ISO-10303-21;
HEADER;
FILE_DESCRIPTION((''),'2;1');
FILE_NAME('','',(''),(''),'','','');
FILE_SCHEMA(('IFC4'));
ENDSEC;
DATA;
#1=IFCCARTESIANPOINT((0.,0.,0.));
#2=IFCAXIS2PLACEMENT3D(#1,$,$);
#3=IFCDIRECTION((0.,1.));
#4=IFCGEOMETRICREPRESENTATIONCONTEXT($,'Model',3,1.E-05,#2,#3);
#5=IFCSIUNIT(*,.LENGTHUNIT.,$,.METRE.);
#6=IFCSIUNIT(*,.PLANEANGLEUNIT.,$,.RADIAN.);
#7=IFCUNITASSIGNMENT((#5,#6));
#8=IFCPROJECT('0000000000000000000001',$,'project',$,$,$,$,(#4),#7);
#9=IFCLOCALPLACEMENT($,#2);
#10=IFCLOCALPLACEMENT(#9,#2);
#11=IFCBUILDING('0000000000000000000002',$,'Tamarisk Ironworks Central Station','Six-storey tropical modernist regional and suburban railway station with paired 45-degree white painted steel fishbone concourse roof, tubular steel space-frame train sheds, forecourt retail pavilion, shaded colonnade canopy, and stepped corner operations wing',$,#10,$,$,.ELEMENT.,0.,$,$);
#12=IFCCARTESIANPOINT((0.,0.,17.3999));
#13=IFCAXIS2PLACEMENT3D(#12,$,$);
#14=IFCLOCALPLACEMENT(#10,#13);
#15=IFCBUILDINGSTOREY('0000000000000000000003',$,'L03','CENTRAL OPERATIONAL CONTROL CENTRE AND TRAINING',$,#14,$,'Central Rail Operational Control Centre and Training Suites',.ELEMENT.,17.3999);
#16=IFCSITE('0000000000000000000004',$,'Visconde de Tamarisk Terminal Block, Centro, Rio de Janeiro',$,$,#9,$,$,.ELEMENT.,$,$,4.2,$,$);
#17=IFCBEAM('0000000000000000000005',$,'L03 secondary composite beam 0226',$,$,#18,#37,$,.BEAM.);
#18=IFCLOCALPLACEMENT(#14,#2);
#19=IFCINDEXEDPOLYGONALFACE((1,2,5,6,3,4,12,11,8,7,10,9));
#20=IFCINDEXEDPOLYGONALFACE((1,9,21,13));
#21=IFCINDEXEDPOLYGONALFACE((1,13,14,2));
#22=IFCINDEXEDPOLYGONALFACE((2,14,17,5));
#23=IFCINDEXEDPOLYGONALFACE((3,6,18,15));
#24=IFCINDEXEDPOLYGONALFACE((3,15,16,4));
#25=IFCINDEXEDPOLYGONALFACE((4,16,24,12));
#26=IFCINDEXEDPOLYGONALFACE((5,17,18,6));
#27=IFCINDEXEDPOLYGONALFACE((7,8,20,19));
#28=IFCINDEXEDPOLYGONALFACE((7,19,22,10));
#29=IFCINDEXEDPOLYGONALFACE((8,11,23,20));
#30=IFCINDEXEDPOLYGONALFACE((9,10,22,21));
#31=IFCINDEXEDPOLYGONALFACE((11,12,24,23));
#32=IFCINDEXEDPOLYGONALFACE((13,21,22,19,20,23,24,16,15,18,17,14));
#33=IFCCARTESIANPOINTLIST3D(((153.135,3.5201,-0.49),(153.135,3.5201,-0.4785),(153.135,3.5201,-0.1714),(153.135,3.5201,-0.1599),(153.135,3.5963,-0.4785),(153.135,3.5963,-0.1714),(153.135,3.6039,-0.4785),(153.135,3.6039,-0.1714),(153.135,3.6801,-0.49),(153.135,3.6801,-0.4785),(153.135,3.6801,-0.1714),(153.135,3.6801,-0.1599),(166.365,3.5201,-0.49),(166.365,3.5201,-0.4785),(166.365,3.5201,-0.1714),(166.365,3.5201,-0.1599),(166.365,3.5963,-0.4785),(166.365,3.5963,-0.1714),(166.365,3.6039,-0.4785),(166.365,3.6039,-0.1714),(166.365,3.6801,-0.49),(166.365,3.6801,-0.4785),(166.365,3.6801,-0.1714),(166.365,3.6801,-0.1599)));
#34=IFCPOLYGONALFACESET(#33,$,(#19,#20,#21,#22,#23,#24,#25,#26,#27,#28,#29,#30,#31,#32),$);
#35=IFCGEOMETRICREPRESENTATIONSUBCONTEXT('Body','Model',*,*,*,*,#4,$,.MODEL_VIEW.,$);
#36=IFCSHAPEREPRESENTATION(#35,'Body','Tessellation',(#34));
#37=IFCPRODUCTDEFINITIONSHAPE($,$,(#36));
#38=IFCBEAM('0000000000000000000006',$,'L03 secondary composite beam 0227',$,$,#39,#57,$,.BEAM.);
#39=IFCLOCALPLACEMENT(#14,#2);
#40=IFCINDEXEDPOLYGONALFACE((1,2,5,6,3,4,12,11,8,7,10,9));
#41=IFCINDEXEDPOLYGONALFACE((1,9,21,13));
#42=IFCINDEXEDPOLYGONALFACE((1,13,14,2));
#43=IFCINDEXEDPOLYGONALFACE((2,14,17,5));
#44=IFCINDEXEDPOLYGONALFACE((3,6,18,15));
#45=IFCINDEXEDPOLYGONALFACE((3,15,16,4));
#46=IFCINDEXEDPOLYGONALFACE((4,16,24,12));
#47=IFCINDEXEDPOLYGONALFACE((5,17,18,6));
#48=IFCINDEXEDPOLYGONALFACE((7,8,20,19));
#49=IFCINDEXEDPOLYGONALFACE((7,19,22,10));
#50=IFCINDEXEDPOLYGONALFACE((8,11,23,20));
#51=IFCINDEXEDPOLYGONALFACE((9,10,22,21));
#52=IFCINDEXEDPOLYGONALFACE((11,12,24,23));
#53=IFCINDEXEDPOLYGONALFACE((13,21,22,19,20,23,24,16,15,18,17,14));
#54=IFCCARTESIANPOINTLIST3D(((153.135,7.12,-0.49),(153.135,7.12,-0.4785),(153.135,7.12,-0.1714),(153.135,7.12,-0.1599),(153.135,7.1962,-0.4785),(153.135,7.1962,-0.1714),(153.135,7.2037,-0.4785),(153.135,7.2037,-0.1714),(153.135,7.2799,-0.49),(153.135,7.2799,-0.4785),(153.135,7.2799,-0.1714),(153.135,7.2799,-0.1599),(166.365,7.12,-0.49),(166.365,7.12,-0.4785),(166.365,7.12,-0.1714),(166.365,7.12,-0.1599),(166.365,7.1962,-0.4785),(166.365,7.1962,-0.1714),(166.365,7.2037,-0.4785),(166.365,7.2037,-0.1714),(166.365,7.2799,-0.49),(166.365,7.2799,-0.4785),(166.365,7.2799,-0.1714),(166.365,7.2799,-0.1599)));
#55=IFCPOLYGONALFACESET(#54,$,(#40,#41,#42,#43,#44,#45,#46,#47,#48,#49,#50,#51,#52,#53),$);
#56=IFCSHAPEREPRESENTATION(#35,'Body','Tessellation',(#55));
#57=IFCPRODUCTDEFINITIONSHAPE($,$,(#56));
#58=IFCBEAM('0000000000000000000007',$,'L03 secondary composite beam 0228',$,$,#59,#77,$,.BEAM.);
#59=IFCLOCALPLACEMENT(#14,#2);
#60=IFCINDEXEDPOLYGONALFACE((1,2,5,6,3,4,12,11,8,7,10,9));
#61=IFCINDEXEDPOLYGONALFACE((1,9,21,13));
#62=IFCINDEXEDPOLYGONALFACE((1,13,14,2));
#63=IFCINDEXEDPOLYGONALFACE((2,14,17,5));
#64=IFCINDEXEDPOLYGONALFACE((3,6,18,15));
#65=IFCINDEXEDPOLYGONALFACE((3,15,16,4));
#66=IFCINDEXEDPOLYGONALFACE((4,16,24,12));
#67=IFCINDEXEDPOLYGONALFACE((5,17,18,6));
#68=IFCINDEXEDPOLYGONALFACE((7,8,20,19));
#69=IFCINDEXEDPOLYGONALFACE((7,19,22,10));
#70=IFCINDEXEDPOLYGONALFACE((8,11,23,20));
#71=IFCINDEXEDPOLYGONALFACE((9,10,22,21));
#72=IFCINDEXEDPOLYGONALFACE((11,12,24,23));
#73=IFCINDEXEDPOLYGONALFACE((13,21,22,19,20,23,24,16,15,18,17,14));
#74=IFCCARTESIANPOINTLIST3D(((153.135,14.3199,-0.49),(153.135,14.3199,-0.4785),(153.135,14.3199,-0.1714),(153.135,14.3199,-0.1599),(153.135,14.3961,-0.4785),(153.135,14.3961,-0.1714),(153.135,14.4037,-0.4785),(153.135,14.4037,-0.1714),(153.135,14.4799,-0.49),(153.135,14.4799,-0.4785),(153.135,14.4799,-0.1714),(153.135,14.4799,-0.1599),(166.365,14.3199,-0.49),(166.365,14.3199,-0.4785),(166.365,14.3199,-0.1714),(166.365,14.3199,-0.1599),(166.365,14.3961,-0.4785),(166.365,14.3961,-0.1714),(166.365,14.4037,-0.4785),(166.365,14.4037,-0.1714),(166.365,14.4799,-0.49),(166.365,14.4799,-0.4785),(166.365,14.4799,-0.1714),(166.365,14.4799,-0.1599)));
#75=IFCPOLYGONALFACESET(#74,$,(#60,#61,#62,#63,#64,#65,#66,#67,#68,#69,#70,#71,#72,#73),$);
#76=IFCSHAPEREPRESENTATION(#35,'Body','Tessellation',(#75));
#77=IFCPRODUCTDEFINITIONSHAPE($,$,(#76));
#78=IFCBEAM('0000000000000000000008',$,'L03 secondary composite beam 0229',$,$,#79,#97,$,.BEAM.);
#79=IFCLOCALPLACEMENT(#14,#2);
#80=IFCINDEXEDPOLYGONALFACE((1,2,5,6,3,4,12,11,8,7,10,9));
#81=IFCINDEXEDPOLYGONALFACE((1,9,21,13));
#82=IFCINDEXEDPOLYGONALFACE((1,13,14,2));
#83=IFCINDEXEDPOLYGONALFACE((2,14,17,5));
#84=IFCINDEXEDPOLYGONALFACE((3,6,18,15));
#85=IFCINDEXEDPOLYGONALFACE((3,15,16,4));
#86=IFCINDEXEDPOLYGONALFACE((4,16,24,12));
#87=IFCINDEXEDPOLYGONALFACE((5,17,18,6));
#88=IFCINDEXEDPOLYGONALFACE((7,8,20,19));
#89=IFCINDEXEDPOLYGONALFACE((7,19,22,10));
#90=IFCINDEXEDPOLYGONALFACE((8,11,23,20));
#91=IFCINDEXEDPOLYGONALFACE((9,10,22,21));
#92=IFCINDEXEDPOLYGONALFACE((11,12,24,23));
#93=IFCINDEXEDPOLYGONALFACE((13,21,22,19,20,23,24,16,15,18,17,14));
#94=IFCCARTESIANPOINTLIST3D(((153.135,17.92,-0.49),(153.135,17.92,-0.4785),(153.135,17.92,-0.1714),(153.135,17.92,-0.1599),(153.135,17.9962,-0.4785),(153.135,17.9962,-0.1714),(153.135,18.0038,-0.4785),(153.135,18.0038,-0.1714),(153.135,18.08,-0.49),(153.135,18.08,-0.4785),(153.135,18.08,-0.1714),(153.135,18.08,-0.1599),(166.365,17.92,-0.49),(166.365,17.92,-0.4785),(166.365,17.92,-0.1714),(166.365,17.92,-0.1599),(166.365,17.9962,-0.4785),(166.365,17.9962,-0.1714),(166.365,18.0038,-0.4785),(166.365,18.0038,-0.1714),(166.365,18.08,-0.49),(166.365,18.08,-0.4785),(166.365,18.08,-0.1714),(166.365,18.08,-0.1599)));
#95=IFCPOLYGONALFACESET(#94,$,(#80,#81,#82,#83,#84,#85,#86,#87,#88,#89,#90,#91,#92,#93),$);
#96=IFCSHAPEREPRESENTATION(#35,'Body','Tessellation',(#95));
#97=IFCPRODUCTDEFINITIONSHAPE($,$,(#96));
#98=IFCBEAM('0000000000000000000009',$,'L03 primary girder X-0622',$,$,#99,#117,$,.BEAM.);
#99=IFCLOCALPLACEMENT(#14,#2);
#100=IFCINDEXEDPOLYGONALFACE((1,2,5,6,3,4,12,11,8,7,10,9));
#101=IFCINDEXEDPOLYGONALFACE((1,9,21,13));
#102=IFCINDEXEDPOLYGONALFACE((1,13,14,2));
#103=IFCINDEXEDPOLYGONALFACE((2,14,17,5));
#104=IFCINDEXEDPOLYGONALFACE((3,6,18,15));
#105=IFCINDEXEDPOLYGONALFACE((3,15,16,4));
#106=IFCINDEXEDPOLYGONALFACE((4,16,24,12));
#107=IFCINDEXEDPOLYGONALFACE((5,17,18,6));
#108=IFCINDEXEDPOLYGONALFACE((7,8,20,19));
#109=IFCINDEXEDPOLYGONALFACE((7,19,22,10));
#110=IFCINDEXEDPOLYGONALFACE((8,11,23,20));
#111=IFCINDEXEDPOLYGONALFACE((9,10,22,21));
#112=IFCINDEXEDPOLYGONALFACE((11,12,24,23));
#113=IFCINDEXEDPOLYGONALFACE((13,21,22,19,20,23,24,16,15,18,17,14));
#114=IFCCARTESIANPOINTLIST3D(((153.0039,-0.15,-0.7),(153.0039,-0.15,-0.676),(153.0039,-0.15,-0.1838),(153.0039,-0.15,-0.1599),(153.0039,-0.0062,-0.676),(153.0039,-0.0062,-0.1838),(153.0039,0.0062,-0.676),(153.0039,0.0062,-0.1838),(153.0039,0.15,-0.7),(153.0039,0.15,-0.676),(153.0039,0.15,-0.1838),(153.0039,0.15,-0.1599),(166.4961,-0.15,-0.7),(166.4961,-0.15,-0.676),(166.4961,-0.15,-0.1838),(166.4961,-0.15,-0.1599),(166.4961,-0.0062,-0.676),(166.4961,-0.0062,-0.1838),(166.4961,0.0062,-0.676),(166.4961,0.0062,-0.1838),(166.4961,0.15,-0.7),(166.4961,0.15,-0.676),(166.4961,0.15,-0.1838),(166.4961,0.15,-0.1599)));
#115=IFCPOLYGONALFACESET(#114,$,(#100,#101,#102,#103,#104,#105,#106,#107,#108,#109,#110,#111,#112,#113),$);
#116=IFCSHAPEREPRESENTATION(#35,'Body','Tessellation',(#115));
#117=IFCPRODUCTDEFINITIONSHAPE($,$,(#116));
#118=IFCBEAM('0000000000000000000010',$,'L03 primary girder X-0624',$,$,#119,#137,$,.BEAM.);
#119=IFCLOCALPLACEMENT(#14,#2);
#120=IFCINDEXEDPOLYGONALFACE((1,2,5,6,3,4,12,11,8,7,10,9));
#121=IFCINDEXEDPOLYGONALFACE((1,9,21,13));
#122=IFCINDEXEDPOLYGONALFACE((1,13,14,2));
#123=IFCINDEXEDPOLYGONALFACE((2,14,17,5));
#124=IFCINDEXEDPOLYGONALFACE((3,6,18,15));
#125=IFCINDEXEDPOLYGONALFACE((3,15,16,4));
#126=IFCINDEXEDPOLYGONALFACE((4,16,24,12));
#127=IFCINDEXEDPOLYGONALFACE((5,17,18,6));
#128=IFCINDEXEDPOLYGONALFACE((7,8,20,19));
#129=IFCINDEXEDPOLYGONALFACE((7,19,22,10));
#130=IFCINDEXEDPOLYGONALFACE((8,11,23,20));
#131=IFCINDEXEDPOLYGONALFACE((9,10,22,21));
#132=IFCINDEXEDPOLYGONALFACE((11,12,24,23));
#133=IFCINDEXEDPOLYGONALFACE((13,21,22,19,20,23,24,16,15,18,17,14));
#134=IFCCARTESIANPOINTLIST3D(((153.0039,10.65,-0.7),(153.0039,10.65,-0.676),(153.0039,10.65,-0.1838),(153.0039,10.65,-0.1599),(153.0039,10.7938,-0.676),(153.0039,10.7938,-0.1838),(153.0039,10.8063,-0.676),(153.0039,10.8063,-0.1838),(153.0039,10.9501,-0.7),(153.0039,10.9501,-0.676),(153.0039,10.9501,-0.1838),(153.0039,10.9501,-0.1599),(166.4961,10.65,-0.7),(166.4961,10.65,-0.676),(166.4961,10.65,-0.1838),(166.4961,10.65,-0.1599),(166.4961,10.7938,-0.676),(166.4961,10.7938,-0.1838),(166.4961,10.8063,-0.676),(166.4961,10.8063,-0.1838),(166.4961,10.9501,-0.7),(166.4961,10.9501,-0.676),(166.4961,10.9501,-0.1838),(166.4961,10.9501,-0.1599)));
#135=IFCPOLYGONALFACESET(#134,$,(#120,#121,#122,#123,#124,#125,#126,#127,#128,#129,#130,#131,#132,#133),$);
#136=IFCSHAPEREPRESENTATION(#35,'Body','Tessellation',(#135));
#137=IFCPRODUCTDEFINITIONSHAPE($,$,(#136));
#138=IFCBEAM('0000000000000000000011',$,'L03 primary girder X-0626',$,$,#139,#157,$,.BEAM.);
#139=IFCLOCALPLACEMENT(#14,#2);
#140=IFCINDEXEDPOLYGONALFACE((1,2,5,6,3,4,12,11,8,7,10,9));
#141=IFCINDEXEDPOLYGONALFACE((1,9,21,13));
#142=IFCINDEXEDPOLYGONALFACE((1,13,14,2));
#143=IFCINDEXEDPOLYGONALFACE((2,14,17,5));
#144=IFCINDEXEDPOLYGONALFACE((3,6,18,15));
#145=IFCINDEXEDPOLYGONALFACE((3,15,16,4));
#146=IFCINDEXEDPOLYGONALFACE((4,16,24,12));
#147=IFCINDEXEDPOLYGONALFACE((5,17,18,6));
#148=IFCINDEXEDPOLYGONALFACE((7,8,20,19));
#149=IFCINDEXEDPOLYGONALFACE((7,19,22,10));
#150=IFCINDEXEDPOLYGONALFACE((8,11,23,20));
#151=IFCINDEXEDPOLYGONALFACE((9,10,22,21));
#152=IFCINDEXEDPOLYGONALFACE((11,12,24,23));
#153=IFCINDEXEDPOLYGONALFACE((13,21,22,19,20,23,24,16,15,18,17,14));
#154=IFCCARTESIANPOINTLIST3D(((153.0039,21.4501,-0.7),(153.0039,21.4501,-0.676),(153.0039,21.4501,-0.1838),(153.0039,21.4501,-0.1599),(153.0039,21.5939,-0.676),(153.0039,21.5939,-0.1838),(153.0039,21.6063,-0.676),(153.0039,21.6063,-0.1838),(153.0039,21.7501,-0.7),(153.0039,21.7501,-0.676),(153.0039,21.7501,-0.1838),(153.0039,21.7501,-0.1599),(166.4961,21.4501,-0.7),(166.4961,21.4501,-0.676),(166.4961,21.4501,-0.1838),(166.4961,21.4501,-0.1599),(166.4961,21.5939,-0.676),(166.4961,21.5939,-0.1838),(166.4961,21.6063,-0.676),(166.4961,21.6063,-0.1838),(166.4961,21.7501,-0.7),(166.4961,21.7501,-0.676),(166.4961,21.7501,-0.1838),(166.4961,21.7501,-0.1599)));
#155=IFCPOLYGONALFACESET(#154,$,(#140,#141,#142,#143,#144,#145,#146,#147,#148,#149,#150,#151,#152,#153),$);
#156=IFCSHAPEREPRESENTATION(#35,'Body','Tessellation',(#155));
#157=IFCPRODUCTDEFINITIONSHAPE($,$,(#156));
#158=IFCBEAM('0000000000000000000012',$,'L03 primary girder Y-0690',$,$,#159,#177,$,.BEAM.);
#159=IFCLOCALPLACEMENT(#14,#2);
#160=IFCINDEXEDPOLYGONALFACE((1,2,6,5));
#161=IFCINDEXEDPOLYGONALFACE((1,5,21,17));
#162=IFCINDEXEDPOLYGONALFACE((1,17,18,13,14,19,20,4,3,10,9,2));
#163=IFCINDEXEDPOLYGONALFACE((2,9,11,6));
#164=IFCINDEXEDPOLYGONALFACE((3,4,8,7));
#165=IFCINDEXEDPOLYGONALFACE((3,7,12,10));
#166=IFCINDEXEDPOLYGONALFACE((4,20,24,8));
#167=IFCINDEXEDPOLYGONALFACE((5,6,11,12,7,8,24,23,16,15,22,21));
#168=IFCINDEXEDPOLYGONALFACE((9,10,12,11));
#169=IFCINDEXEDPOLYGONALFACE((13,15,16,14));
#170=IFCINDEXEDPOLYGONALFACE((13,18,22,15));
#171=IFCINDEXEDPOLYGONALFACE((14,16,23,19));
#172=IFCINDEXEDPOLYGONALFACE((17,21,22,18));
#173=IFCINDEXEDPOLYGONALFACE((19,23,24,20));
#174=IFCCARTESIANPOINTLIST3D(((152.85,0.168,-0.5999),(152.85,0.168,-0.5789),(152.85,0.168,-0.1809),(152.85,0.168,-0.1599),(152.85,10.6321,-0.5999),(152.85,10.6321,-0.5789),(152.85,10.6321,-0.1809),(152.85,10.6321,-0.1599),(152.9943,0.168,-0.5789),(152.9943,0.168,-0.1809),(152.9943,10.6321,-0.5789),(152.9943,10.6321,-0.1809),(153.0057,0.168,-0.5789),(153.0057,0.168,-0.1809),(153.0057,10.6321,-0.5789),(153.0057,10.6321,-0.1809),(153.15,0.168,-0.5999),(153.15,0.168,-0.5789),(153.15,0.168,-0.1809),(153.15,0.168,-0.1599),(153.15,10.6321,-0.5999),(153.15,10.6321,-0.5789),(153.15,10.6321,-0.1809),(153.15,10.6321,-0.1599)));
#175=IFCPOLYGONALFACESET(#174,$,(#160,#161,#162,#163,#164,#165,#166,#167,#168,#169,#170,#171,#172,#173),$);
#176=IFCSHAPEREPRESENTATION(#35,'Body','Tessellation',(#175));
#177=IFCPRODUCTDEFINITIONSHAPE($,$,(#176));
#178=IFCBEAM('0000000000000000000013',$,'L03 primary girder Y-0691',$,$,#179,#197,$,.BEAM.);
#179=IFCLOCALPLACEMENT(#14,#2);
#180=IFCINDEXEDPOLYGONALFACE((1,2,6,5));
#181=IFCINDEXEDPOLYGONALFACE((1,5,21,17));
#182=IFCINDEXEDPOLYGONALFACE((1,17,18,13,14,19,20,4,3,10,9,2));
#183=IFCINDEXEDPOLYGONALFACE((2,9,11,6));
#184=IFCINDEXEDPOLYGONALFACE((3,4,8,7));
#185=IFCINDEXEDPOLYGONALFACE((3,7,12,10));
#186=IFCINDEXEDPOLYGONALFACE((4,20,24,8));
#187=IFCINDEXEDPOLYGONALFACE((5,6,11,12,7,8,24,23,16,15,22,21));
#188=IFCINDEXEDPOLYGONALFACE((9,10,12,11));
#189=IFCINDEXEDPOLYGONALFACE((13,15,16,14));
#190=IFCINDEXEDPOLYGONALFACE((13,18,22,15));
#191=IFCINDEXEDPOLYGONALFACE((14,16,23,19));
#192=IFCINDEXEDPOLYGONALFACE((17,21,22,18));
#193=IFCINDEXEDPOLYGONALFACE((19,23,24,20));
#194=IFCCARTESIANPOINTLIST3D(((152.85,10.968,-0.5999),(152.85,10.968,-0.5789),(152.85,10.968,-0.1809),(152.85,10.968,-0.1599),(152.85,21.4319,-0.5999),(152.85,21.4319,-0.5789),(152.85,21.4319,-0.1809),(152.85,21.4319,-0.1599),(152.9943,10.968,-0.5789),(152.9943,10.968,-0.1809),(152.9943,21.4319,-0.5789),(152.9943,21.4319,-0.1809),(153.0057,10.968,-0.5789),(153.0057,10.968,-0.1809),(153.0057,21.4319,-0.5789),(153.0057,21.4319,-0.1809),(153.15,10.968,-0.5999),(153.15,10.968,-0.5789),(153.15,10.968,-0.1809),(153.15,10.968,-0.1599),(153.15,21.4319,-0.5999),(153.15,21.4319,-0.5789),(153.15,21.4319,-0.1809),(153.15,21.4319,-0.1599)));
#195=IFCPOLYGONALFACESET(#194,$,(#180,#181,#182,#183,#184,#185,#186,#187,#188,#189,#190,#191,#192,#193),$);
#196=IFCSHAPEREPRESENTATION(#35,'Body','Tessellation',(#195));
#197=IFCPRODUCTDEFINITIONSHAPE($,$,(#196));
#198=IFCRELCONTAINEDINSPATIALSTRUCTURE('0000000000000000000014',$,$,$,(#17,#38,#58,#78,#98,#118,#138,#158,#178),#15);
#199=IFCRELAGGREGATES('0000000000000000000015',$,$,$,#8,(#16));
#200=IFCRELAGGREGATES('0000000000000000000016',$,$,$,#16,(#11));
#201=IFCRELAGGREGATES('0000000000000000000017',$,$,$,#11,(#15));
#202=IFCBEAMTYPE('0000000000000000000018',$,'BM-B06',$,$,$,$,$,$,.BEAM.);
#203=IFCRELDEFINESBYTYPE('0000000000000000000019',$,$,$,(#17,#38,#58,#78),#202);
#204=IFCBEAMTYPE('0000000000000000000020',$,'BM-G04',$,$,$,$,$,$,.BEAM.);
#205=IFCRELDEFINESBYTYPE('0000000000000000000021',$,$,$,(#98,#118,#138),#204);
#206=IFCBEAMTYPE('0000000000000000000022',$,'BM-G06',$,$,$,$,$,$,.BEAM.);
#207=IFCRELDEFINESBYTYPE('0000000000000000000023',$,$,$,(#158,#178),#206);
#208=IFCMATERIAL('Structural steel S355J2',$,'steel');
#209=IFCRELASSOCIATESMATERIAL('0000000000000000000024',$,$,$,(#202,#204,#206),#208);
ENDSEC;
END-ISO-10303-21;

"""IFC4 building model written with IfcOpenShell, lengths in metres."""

from ifc_helpers import new_model, si_unit, direction, frame, origin, origin_2d, place, context, subcontext, project, spatial, i_section, extrude, material, material_profile, profile_set, type_object, element, save


model = new_model("IFC4")

# Units and contexts
model_context = context("Model", 3, precision=1e-05, world=origin(), true_north=direction((0.0, 1.0)))
body_context = subcontext(model_context, "Body", "Model", "MODEL_VIEW")
ifc_project = project(units=[si_unit("LENGTHUNIT", "METRE"), si_unit("PLANEANGLEUNIT", "RADIAN")], contexts=[model_context])

# Site, building, storey
site_placement = place(None, origin())
site = spatial("IfcSite", under=ifc_project, at=site_placement, Name="Visconde de Tamarisk Terminal Block, Centro, Rio de Janeiro", CompositionType="ELEMENT", RefElevation=4.2)
building_placement = place(site_placement, origin())
building = spatial("IfcBuilding", under=site, at=building_placement, Name="Tamarisk Ironworks Central Station", Description="Six-storey tropical modernist regional and suburban railway station with paired 45-degree white painted steel fishbone concourse roof, tubular steel space-frame train sheds, forecourt retail pavilion, shaded colonnade canopy, and stepped corner operations wing", CompositionType="ELEMENT", ElevationOfRefHeight=0.0)
storey_placement = place(building_placement, frame((0.0, 0.0, 17.3999)))
storey = spatial("IfcBuildingStorey", under=building, at=storey_placement, Name="L03", Description="CENTRAL OPERATIONAL CONTROL CENTRE AND TRAINING", LongName="Central Rail Operational Control Centre and Training Suites", CompositionType="ELEMENT", Elevation=17.3999)

# Beams
ifc_material_1 = material(Name="Structural steel S355J2", Category="steel")
ifc_material_profile_1 = material_profile(ifc_material_1, i_section(OverallWidth=0.1599, OverallDepth=0.3301, WebThickness=0.0076, FlangeThickness=0.0115, at=origin_2d()), Name="IPE 330")
ifc_profile_set_1 = profile_set([ifc_material_profile_1], Name="Structural steel S355J2")
beam_type_1 = type_object("IfcBeamType", Name="BM-B06", PredefinedType="BEAM", material=ifc_profile_set_1)
for number, where, z_axis, x_axis, name in (
    (1, (153.135, 3.6001, -0.325), (1.0, 0.0, 0.0), (0.0, 1.0, 0.0), "L03 secondary composite beam 0226"),
    (2, (153.135, 7.2, -0.325), (1.0, 0.0, 0.0), (0.0, 1.0, 0.0), "L03 secondary composite beam 0227"),
    (3, (153.135, 14.3999, -0.325), (1.0, 0.0, 0.0), (0.0, 1.0, 0.0), "L03 secondary composite beam 0228"),
    (4, (153.135, 18.0, -0.325), (1.0, 0.0, 0.0), (0.0, 1.0, 0.0), "L03 secondary composite beam 0229"),
):
    element("IfcBeam", number, at=place(storey_placement, frame(where, z_axis=z_axis, x_axis=x_axis)), inside=storey, type_object=beam_type_1, Name=name, PredefinedType="BEAM", context=body_context, shape_type="SweptSolid", body=[
        extrude(i_section(OverallWidth=0.1599, OverallDepth=0.3301, WebThickness=0.0076, FlangeThickness=0.0115, at=origin_2d()), origin(), (0.0, 0.0, 1.0), 13.23),
    ])
ifc_material_profile_2 = material_profile(ifc_material_1, i_section(OverallWidth=0.3, OverallDepth=0.54, WebThickness=0.0125, FlangeThickness=0.0239, at=origin_2d()), Name="HEA 550")
ifc_profile_set_2 = profile_set([ifc_material_profile_2], Name="Structural steel S355J2")
beam_type_2 = type_object("IfcBeamType", Name="BM-G04", PredefinedType="BEAM", material=ifc_profile_set_2)
for number, where, z_axis, x_axis, name in (
    (5, (153.0039, 0.0, -0.4299), (1.0, 0.0, 0.0), (0.0, 1.0, 0.0), "L03 primary girder X-0622"),
    (6, (153.0039, 10.8, -0.4299), (1.0, 0.0, 0.0), (0.0, 1.0, 0.0), "L03 primary girder X-0624"),
    (7, (153.0039, 21.6001, -0.4299), (1.0, 0.0, 0.0), (0.0, 1.0, 0.0), "L03 primary girder X-0626"),
):
    element("IfcBeam", number, at=place(storey_placement, frame(where, z_axis=z_axis, x_axis=x_axis)), inside=storey, type_object=beam_type_2, Name=name, PredefinedType="BEAM", context=body_context, shape_type="SweptSolid", body=[
        extrude(i_section(OverallWidth=0.3, OverallDepth=0.54, WebThickness=0.0125, FlangeThickness=0.0239, at=origin_2d()), origin(), (0.0, 0.0, 1.0), 13.4922),
    ])
ifc_material_profile_3 = material_profile(ifc_material_1, i_section(OverallWidth=0.3, OverallDepth=0.4399, WebThickness=0.0115, FlangeThickness=0.021, at=origin_2d()), Name="HEA 450")
ifc_profile_set_3 = profile_set([ifc_material_profile_3], Name="Structural steel S355J2")
beam_type_3 = type_object("IfcBeamType", Name="BM-G06", PredefinedType="BEAM", material=ifc_profile_set_3)
beam_1_placement = place(storey_placement, frame((153.0, 0.168, -0.3799), z_axis=(0.0, 1.0, 0.0), x_axis=(-1.0, 0.0, 0.0)))
element("IfcBeam", 8, at=beam_1_placement, inside=storey, type_object=beam_type_3, Name="L03 primary girder Y-0690", PredefinedType="BEAM", context=body_context, shape_type="SweptSolid", body=[
    extrude(i_section(OverallWidth=0.3, OverallDepth=0.4399, WebThickness=0.0115, FlangeThickness=0.021, at=origin_2d()), origin(), (0.0, 0.0, 1.0), 10.4641),
])
beam_2_placement = place(storey_placement, frame((153.0, 10.968, -0.3799), z_axis=(0.0, 1.0, 0.0), x_axis=(-1.0, 0.0, 0.0)))
element("IfcBeam", 9, at=beam_2_placement, inside=storey, type_object=beam_type_3, Name="L03 primary girder Y-0691", PredefinedType="BEAM", context=body_context, shape_type="SweptSolid", body=[
    extrude(i_section(OverallWidth=0.3, OverallDepth=0.4399, WebThickness=0.0115, FlangeThickness=0.021, at=origin_2d()), origin(), (0.0, 0.0, 1.0), 10.4639),
])

save(model, "model.ifc")
